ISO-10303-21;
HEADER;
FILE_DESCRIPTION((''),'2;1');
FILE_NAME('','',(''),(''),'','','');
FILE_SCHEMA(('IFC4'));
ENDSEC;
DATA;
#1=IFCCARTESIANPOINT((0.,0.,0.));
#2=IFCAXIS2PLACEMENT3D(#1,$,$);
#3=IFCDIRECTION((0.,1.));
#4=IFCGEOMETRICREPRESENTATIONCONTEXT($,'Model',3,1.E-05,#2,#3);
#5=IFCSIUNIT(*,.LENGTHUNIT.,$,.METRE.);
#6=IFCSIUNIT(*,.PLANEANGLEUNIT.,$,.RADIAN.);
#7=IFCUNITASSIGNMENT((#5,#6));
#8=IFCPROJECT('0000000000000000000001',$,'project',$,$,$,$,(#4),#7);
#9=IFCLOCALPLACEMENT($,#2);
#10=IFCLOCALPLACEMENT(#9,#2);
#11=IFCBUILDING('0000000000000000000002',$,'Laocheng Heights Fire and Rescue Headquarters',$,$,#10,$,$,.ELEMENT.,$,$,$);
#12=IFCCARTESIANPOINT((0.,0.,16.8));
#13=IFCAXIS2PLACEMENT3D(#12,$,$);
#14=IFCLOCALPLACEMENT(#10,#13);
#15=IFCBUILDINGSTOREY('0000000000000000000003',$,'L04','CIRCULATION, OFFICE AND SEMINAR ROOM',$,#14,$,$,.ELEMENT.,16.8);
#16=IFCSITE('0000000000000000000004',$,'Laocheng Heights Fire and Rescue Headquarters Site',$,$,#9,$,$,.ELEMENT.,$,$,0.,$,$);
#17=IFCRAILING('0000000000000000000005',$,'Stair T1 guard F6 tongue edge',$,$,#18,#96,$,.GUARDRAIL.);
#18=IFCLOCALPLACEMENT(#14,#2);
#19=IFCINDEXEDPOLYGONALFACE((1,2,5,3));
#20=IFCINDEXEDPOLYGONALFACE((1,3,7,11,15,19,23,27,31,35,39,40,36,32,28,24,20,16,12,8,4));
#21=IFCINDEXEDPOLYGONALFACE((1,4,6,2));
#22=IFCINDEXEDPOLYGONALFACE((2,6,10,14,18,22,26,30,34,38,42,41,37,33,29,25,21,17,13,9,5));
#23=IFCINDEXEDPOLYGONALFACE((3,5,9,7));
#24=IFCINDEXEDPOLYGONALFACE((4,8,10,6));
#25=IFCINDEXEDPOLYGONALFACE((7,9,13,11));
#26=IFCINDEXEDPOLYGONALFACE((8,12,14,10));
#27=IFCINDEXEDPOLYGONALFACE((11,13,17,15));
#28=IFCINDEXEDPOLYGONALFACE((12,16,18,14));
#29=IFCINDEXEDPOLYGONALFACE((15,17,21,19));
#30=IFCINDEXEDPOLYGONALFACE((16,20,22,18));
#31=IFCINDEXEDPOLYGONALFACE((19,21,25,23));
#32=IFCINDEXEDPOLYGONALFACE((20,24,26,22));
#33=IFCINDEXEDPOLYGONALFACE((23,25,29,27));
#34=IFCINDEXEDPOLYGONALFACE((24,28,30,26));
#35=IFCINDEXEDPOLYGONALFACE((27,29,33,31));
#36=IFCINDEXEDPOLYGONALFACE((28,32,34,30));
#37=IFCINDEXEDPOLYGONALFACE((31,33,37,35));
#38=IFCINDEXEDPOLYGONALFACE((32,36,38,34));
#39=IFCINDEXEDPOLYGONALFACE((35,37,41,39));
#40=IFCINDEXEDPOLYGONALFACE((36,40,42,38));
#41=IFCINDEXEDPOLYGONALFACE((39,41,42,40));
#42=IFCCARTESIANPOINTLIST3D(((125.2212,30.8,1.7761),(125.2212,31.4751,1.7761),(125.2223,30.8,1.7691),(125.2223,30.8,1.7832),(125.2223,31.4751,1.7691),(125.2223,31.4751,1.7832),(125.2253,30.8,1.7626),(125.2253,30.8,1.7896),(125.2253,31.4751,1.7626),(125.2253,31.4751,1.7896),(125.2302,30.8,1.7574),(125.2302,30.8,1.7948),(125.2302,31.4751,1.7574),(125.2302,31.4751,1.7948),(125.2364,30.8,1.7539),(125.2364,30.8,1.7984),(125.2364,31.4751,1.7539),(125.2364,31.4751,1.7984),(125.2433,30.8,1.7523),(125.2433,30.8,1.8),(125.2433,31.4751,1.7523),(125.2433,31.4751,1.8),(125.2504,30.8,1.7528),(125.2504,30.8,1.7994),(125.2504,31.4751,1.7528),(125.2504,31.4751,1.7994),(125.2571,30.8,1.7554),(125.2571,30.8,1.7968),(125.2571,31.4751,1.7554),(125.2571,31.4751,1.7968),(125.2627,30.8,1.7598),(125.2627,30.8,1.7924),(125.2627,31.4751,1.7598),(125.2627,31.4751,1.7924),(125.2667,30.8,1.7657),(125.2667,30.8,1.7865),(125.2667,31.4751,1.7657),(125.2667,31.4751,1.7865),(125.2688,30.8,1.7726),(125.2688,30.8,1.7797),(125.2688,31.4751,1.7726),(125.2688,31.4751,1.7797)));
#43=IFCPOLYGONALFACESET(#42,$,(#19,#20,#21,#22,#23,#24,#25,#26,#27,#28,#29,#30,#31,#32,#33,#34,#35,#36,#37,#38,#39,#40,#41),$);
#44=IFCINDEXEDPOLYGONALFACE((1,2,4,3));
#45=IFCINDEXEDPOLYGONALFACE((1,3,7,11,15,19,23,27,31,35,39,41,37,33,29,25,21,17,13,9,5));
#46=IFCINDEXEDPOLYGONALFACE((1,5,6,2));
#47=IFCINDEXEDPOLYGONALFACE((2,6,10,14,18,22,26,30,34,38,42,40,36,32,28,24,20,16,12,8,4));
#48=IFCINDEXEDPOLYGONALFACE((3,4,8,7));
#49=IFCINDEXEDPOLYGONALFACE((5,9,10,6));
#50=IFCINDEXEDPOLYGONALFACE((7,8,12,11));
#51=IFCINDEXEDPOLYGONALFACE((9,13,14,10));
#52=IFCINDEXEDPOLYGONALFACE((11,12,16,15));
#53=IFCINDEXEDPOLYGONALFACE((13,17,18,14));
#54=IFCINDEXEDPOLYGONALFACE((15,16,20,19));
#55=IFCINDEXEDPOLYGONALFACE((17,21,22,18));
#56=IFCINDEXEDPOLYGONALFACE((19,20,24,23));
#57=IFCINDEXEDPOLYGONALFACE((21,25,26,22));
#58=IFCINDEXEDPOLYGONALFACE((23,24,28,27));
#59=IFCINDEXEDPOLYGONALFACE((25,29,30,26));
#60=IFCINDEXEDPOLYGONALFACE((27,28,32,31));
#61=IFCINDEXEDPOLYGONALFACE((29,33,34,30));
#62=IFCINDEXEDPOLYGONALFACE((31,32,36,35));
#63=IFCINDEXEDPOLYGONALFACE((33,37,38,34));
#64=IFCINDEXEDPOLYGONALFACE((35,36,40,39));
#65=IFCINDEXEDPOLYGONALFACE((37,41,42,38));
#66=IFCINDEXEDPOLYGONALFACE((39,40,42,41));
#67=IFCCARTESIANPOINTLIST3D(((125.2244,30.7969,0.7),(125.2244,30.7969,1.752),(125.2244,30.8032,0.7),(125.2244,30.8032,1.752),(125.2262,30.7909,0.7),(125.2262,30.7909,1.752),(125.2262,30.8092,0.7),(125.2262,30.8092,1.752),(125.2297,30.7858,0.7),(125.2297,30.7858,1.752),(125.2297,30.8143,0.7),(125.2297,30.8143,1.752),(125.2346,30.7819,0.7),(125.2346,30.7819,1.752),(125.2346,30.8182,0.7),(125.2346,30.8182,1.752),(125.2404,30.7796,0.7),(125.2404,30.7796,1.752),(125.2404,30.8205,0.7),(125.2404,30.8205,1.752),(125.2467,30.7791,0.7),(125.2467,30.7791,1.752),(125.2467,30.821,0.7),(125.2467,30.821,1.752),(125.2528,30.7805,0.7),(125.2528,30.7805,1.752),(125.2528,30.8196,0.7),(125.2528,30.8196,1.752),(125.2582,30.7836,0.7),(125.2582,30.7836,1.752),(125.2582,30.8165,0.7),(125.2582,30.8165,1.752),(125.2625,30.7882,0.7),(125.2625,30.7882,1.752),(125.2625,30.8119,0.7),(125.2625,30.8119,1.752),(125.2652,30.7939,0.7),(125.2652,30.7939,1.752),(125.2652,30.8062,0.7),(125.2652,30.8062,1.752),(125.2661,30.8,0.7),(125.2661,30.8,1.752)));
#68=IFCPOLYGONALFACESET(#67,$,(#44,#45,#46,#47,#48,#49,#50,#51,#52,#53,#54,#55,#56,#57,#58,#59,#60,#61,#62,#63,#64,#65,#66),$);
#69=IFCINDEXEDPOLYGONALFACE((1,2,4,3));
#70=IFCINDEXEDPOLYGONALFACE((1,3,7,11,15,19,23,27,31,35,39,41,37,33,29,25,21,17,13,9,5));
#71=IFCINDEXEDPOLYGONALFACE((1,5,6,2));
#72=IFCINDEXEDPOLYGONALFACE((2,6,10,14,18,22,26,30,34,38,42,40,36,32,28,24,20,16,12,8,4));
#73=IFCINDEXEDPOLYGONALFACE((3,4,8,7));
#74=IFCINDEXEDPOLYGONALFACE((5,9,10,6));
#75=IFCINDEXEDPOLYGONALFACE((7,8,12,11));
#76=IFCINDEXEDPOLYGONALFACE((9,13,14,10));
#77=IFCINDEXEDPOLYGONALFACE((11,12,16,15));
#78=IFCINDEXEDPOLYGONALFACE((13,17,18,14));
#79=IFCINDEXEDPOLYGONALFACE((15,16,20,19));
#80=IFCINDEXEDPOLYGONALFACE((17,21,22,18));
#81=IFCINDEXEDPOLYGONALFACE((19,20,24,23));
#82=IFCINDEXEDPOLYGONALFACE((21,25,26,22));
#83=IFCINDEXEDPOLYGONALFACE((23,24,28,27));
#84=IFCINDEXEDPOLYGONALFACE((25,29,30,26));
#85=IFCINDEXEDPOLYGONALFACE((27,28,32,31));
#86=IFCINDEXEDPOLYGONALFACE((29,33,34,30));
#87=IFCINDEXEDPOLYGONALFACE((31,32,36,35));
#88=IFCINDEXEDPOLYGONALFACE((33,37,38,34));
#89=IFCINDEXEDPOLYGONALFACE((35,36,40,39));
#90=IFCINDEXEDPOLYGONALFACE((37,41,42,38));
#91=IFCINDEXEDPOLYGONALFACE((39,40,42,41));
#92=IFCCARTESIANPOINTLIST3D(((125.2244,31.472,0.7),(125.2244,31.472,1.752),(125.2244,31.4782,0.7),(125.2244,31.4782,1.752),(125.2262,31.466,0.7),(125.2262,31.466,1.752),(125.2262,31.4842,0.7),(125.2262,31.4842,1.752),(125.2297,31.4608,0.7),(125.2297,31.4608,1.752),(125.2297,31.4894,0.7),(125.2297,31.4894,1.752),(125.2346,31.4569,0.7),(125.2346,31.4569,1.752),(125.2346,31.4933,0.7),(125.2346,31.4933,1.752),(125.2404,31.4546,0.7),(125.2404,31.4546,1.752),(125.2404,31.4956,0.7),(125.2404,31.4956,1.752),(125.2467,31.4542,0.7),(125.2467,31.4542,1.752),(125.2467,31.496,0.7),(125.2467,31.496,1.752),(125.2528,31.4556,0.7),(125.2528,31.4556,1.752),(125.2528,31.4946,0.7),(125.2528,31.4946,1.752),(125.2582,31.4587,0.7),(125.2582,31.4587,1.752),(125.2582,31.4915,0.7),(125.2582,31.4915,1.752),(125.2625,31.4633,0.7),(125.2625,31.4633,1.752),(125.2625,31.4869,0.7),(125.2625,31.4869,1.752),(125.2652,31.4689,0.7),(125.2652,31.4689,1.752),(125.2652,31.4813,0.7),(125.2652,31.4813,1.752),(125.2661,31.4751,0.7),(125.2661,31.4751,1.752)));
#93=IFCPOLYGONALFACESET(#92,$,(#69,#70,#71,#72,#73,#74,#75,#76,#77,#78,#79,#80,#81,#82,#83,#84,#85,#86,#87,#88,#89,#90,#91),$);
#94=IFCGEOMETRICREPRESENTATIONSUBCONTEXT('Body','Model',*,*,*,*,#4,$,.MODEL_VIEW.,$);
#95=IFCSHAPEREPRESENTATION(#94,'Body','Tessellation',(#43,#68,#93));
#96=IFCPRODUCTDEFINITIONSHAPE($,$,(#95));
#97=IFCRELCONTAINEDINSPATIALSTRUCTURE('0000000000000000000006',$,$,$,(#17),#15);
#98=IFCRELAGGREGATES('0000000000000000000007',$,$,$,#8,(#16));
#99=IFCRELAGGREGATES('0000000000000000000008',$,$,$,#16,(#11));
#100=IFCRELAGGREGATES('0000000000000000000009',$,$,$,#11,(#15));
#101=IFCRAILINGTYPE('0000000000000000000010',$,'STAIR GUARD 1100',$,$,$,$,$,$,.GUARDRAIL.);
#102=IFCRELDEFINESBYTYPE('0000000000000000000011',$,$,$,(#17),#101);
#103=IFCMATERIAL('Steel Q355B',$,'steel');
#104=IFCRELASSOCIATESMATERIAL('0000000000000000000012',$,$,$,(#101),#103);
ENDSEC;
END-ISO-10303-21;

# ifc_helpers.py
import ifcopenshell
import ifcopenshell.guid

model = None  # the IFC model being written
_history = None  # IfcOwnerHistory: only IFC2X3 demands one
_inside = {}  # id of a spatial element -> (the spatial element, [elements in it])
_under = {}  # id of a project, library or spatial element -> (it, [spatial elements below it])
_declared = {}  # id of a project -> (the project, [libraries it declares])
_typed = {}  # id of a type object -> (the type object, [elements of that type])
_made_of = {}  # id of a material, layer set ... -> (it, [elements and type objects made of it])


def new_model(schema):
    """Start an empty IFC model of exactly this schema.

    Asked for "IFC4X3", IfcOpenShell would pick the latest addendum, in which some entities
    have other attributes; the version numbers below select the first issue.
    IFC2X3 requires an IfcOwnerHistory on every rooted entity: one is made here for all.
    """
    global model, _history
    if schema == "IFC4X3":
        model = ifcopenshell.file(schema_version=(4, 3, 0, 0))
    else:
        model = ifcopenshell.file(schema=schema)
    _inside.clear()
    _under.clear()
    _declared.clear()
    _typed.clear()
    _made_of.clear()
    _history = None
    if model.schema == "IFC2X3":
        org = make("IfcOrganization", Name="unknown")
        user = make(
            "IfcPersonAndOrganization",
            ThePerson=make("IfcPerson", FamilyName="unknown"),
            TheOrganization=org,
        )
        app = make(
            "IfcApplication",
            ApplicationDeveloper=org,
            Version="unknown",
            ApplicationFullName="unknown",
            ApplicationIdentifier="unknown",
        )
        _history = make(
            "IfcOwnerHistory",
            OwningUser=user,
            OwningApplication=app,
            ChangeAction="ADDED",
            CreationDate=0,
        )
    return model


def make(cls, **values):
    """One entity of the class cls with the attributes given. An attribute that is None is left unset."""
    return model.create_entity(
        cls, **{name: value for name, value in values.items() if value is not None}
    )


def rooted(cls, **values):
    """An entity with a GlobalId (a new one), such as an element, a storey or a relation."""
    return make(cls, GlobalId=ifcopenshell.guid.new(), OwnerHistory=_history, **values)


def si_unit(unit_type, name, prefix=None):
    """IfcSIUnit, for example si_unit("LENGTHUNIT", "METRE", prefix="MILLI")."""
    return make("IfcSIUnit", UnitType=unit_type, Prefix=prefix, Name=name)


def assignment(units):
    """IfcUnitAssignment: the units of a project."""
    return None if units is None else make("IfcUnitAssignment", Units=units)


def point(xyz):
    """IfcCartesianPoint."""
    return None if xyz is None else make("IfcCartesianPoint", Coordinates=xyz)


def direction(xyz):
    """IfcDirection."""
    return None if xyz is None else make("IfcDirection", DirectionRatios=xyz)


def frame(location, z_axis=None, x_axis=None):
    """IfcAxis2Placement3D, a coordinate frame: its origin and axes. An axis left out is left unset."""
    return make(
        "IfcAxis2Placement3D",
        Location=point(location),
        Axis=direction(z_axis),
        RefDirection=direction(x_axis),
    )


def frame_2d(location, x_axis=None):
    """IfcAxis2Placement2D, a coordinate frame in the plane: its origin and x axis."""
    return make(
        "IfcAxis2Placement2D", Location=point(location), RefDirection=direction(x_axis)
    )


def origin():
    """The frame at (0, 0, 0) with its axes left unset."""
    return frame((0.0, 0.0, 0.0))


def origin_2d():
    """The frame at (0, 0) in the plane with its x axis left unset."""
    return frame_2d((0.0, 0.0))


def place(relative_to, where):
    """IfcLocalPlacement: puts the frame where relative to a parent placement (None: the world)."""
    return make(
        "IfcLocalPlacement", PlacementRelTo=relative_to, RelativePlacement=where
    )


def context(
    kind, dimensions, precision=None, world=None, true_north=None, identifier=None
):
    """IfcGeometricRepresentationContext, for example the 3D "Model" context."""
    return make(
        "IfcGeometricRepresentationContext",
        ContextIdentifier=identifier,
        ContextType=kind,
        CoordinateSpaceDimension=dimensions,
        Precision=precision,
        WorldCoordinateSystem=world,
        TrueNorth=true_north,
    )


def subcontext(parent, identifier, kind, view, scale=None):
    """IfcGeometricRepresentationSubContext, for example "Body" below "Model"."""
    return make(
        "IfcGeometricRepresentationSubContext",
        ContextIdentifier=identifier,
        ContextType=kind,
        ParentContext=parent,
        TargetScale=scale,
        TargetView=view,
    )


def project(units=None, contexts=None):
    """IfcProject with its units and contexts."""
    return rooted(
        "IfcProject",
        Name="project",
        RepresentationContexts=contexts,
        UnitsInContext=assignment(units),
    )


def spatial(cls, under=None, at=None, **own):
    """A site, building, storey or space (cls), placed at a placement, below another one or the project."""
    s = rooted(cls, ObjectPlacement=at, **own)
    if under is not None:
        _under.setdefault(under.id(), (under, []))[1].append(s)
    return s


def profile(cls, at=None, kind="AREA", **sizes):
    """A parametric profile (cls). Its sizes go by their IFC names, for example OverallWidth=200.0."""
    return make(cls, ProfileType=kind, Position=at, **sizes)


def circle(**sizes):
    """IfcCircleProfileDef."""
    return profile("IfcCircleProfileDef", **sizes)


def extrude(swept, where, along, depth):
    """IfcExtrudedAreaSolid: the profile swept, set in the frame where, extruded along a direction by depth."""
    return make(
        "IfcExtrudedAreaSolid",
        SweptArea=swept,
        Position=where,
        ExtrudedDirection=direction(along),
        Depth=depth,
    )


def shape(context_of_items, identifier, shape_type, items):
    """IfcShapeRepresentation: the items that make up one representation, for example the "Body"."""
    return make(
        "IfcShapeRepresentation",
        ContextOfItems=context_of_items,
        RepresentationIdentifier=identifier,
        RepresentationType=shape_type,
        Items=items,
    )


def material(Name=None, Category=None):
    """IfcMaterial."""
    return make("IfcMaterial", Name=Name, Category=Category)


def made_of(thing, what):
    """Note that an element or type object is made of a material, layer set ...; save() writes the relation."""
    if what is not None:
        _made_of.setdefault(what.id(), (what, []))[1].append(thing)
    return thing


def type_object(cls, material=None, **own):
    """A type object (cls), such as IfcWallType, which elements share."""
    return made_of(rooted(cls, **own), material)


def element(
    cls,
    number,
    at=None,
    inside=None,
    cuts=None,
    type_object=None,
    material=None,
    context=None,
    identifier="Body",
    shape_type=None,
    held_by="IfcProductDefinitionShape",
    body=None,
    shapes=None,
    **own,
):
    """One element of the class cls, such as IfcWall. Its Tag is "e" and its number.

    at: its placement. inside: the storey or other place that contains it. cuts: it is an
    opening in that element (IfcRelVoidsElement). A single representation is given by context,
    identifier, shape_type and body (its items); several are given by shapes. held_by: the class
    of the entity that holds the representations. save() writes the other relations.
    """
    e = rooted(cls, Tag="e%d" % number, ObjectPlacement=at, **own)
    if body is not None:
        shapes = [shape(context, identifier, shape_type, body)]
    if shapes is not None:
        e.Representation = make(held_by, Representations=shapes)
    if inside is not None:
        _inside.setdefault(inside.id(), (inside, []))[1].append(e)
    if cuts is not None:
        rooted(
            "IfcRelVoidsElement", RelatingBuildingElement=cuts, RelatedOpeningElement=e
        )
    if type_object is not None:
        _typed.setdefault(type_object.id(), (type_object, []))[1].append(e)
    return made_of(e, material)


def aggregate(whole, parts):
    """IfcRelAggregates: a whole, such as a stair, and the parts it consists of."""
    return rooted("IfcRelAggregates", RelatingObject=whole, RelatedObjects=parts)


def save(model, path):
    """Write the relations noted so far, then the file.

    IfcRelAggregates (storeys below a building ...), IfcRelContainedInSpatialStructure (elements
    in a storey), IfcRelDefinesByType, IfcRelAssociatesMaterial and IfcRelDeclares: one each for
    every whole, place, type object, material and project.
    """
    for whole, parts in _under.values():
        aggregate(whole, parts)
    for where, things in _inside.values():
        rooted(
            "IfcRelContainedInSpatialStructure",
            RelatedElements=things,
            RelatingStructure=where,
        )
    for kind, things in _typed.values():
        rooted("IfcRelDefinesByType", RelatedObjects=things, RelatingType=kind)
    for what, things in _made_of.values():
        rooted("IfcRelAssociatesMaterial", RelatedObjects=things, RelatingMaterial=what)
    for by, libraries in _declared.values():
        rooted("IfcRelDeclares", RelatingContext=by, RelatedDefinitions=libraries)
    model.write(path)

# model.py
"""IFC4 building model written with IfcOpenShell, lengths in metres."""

from ifc_helpers import new_model, si_unit, direction, frame, origin, origin_2d, place, context, subcontext, project, spatial, circle, extrude, material, type_object, element, save


model = new_model("IFC4")

# Units and contexts
model_context = context("Model", 3, precision=1e-05, world=origin(), true_north=direction((0.0, 1.0)))
body_context = subcontext(model_context, "Body", "Model", "MODEL_VIEW")
ifc_project = project(units=[si_unit("LENGTHUNIT", "METRE"), si_unit("PLANEANGLEUNIT", "RADIAN")], contexts=[model_context])

# Site, building, storey
site_placement = place(None, origin())
site = spatial("IfcSite", under=ifc_project, at=site_placement, Name="Laocheng Heights Fire and Rescue Headquarters Site", CompositionType="ELEMENT", RefElevation=0.0)
building_placement = place(site_placement, origin())
building = spatial("IfcBuilding", under=site, at=building_placement, Name="Laocheng Heights Fire and Rescue Headquarters", CompositionType="ELEMENT")
storey_placement = place(building_placement, frame((0.0, 0.0, 16.8)))
storey = spatial("IfcBuildingStorey", under=building, at=storey_placement, Name="L04", Description="CIRCULATION, OFFICE AND SEMINAR ROOM", CompositionType="ELEMENT", Elevation=16.8)

# Railing
ifc_material_1 = material(Name="Steel Q355B", Category="steel")
railing_type_1 = type_object("IfcRailingType", Name="STAIR GUARD 1100", PredefinedType="GUARDRAIL", material=ifc_material_1)
railing_1_placement = place(storey_placement, frame((125.2451, 30.8, 0.7)))
element("IfcRailing", 1, at=railing_1_placement, inside=storey, type_object=railing_type_1, Name="Stair T1 guard F6 tongue edge", PredefinedType="GUARDRAIL", context=body_context, shape_type="SweptSolid", body=[
    extrude(circle(Radius=0.0239, at=origin_2d()), frame((0.0, 0.0, 1.0762), z_axis=(0.0, 1.0, 0.0), x_axis=(-1.0, 0.0, 0.0)), (0.0, 0.0, 1.0), 0.675),
    extrude(circle(Radius=0.021, at=origin_2d()), origin(), (0.0, 0.0, 1.0), 1.052),
    extrude(circle(Radius=0.021, at=origin_2d()), frame((0.0, 0.675, 0.0)), (0.0, 0.0, 1.0), 1.052),
])

save(model, "model.ifc")
